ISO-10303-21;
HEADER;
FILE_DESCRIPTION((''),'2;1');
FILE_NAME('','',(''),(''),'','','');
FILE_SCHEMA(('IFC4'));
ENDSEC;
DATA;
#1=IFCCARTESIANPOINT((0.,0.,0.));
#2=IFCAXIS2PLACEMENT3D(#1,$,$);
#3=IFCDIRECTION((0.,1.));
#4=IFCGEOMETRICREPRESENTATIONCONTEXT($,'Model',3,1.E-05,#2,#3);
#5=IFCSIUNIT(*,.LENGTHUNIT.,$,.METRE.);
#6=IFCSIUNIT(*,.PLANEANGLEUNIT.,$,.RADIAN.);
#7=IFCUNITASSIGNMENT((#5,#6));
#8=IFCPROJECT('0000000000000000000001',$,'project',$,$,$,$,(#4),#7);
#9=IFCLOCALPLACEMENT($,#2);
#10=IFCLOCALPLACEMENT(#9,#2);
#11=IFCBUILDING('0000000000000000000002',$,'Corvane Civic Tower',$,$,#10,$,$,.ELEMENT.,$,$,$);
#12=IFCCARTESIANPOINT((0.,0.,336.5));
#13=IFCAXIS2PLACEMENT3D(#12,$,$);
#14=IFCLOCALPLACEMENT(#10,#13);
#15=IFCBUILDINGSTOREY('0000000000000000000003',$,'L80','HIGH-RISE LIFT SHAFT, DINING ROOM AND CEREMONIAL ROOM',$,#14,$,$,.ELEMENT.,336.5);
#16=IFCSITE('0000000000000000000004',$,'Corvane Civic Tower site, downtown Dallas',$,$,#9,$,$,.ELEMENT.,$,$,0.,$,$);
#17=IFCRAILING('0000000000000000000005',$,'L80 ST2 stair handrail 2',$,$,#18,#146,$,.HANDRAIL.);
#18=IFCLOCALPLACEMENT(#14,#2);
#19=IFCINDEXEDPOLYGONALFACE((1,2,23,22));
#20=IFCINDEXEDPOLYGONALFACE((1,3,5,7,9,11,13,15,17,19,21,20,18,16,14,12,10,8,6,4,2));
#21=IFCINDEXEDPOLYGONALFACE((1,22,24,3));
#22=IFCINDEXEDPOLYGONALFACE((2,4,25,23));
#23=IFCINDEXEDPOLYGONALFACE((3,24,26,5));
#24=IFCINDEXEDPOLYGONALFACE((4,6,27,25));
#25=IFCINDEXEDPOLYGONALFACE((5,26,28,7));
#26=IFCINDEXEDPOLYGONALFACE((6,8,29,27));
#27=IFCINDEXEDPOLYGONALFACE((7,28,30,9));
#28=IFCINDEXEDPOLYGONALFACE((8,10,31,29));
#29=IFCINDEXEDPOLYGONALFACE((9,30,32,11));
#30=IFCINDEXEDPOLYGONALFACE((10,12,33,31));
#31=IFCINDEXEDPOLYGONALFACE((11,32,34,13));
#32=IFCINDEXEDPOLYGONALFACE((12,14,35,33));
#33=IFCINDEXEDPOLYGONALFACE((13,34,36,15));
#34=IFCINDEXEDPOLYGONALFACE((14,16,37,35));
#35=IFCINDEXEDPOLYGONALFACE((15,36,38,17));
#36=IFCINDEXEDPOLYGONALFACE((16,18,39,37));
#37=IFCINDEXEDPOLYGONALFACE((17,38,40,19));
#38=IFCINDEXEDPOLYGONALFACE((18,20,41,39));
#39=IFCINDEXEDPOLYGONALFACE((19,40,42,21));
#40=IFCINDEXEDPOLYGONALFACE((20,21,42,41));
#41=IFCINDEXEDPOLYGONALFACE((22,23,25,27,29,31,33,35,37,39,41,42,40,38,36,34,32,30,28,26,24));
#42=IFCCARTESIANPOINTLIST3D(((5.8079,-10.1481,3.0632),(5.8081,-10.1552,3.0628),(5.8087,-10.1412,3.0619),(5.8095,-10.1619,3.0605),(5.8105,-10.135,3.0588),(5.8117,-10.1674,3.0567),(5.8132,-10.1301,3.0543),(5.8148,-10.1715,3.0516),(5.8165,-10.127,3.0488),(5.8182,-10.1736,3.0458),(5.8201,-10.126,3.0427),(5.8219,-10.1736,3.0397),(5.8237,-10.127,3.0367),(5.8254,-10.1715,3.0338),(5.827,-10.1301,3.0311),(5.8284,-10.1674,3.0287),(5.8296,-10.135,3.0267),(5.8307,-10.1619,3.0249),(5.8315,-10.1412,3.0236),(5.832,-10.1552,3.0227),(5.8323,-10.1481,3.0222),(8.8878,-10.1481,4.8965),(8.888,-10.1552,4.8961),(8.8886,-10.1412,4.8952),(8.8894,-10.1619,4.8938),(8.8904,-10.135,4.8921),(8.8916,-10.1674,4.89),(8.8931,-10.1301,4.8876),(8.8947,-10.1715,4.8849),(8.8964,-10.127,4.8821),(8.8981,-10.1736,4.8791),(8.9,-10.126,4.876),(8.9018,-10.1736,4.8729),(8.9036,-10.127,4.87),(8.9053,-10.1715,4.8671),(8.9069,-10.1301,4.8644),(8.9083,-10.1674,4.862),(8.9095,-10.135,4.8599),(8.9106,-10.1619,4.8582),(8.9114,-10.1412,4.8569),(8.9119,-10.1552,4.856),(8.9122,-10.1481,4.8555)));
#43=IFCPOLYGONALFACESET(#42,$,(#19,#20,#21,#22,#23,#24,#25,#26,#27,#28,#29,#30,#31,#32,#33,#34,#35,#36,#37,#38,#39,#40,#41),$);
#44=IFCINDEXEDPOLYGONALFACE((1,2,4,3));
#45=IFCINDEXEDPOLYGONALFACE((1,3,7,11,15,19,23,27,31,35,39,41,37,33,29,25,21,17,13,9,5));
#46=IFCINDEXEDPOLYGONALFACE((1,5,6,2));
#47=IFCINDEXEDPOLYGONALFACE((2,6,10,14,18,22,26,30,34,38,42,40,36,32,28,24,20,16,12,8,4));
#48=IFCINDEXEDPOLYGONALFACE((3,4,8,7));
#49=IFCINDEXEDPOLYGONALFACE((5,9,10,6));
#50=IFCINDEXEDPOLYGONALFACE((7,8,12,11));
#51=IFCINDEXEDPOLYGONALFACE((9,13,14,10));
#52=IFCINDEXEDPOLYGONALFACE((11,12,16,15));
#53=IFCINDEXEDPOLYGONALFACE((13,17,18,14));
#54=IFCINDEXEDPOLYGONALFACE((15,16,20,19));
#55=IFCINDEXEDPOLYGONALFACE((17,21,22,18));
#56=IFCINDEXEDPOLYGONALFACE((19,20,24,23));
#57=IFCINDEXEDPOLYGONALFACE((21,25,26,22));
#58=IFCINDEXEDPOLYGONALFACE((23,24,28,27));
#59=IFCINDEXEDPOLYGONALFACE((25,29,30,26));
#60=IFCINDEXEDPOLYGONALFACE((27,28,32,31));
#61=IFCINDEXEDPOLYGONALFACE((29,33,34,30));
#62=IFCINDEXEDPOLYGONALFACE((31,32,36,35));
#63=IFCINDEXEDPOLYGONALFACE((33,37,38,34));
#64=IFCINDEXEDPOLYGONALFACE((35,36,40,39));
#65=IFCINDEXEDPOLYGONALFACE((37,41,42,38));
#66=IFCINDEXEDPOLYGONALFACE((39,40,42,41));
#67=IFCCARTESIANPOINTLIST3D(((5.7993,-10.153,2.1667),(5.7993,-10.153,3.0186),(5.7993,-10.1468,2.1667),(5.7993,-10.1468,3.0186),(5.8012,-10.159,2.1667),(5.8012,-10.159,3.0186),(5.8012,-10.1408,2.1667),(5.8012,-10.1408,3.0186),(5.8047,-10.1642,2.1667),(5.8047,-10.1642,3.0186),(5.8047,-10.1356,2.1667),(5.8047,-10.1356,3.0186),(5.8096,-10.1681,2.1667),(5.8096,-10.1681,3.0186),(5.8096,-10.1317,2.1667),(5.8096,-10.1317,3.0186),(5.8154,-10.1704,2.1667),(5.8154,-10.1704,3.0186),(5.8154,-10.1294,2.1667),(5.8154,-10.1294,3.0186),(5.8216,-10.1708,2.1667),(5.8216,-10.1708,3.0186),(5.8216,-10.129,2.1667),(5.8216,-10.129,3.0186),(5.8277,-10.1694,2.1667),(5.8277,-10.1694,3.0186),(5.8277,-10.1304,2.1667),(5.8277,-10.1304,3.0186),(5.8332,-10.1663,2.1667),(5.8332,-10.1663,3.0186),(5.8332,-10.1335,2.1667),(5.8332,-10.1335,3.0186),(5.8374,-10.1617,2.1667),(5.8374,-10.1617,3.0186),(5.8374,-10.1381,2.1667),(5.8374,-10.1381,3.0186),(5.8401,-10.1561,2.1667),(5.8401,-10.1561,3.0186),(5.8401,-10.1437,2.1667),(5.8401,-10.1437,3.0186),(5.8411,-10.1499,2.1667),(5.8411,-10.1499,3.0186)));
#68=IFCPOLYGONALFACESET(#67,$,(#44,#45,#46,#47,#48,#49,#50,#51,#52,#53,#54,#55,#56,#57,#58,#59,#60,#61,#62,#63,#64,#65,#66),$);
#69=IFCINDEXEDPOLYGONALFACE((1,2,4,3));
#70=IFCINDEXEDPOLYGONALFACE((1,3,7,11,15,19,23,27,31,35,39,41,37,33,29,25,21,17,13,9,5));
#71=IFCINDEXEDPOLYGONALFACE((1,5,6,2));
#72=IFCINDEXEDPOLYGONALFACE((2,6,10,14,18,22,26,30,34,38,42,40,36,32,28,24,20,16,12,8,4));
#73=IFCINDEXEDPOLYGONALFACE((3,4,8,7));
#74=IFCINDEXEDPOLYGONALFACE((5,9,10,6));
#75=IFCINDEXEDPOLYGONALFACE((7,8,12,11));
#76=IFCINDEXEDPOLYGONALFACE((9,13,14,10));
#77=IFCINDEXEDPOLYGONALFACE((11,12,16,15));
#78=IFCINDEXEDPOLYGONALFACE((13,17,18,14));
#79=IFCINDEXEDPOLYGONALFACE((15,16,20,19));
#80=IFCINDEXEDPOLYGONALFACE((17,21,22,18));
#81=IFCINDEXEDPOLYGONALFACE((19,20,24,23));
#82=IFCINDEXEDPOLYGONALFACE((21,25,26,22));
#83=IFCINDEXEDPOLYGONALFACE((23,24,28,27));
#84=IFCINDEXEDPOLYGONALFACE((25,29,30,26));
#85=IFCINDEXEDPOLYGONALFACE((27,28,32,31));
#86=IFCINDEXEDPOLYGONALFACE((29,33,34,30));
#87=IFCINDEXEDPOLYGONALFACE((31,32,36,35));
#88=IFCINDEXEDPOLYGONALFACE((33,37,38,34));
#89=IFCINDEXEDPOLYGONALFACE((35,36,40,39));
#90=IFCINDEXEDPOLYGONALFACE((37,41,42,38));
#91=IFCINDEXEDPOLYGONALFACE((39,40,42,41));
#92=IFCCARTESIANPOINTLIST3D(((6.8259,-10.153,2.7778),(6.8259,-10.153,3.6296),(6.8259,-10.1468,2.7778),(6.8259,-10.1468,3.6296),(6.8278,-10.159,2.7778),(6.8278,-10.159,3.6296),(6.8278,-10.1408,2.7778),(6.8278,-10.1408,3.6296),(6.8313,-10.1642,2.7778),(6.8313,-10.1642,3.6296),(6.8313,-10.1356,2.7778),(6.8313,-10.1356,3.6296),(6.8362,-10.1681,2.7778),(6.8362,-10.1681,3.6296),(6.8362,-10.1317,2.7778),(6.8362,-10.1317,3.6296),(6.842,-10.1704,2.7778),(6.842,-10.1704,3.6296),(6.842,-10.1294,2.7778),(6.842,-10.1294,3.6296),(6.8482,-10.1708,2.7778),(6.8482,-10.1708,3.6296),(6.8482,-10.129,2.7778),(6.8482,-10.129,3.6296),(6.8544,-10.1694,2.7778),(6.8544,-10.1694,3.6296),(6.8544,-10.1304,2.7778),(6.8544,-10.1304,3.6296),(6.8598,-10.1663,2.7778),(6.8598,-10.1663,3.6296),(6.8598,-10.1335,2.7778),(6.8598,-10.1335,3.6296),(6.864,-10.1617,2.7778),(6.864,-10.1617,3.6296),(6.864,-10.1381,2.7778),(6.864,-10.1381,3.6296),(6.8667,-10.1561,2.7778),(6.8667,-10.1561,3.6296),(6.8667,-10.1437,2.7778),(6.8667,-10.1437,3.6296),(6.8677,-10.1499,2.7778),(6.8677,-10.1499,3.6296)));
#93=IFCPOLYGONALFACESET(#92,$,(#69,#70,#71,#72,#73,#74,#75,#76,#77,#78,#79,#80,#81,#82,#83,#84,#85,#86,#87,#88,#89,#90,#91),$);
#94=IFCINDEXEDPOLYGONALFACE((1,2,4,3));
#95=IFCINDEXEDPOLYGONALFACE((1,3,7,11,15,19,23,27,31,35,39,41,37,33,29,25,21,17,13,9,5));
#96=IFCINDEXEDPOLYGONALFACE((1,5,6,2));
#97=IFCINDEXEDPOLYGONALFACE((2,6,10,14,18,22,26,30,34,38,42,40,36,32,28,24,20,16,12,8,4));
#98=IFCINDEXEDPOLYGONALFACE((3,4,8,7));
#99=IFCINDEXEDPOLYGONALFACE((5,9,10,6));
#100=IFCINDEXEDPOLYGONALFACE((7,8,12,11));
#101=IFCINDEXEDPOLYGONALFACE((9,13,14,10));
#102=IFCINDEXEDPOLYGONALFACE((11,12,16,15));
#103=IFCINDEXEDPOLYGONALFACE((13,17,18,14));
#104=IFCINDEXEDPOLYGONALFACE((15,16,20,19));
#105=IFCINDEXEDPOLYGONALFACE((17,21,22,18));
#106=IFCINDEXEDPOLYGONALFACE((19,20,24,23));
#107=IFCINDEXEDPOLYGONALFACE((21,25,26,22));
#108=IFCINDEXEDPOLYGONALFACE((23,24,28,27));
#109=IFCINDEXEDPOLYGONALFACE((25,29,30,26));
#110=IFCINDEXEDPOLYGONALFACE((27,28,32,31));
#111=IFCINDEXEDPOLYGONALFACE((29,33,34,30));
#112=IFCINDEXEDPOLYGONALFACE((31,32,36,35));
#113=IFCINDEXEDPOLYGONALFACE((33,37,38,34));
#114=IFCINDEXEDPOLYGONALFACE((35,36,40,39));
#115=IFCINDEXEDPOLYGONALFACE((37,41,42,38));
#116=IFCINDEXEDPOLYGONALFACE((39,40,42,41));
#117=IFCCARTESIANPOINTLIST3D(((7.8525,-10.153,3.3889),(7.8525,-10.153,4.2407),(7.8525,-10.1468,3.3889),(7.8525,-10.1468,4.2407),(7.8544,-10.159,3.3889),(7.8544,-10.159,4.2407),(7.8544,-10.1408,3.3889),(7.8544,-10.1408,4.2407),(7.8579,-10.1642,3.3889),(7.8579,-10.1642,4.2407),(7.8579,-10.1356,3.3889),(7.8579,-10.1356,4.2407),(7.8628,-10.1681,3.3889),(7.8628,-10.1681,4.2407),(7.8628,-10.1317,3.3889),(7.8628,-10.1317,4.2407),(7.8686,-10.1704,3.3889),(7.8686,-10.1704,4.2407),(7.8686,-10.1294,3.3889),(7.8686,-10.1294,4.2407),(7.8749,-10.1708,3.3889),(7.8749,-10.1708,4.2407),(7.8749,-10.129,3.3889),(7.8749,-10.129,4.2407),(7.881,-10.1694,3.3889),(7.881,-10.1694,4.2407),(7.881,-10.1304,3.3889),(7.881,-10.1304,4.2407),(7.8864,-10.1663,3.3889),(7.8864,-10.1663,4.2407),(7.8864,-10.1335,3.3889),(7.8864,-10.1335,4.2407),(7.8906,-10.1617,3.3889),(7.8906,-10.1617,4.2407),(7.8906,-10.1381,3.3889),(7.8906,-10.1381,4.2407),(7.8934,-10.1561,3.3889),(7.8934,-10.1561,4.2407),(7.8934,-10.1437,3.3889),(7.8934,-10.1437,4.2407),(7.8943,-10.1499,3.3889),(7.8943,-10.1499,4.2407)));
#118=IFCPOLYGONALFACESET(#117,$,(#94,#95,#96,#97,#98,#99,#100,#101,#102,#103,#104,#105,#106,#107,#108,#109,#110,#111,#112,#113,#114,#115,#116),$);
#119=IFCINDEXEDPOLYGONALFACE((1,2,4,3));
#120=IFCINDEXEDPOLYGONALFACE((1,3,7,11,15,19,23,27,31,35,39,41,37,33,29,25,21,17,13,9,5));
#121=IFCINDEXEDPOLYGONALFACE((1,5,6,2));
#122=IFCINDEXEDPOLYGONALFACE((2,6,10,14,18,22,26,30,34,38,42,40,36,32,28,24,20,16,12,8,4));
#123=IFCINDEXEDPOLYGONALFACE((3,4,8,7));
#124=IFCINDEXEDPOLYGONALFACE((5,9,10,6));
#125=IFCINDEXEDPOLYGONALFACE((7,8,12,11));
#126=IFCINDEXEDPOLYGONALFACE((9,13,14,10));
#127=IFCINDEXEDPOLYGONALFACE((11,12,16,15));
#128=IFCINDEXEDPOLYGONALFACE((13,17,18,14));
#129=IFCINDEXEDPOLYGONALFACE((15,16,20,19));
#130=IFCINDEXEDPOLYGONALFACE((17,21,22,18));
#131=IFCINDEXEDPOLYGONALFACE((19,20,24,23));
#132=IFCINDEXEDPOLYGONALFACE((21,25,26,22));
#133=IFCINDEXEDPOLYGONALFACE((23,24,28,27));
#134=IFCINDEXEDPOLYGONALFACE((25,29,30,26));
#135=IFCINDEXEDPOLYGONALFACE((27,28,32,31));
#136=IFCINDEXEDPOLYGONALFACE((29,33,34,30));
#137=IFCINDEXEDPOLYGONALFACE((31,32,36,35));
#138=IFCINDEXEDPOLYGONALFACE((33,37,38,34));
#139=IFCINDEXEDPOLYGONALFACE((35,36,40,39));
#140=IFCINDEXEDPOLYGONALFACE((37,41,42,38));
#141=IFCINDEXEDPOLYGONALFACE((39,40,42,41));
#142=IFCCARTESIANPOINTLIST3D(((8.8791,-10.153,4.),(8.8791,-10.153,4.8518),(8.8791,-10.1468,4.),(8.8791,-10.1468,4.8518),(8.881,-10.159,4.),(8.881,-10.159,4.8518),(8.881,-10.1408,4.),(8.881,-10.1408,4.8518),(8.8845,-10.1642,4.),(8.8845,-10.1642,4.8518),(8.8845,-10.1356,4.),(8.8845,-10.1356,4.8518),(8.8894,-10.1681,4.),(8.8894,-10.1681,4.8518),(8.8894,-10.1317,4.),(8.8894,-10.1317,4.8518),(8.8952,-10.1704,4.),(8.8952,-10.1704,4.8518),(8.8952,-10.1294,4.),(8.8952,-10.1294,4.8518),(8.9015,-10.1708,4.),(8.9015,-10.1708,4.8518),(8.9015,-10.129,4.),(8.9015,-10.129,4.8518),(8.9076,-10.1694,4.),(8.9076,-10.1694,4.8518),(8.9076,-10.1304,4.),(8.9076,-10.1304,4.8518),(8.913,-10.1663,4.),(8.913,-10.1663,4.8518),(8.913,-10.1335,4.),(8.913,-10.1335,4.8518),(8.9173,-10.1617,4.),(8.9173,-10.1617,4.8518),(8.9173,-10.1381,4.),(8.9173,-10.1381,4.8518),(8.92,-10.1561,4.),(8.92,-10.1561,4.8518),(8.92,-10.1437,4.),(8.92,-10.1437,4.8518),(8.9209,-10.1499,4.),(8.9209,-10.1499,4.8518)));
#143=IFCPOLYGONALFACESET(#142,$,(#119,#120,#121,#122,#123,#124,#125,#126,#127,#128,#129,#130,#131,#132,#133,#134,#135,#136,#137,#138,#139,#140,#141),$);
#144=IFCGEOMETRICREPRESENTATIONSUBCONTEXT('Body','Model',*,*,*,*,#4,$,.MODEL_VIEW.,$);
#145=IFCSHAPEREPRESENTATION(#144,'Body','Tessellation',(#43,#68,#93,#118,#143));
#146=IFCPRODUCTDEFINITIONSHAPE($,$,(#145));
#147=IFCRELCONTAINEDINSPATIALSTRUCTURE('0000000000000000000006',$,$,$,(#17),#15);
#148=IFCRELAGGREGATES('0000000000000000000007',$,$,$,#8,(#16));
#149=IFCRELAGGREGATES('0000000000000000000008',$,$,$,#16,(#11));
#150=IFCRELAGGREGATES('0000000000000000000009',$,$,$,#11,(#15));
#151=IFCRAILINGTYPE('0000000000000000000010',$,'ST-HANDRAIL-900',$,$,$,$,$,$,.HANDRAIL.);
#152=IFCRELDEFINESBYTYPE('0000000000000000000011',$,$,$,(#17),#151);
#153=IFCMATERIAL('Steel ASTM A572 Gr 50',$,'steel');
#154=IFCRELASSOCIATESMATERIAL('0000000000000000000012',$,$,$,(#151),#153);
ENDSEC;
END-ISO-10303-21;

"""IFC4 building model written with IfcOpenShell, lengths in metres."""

from ifc_helpers import new_model, si_unit, direction, frame, origin, origin_2d, place, context, subcontext, project, spatial, circle, extrude, material, type_object, element, save


model = new_model("IFC4")

# Units and contexts
model_context = context("Model", 3, precision=1e-05, world=origin(), true_north=direction((0.0, 1.0)))
body_context = subcontext(model_context, "Body", "Model", "MODEL_VIEW")
ifc_project = project(units=[si_unit("LENGTHUNIT", "METRE"), si_unit("PLANEANGLEUNIT", "RADIAN")], contexts=[model_context])

# Site, building, storey
site_placement = place(None, origin())
site = spatial("IfcSite", under=ifc_project, at=site_placement, Name="Corvane Civic Tower site, downtown Dallas", CompositionType="ELEMENT", RefElevation=0.0)
building_placement = place(site_placement, origin())
building = spatial("IfcBuilding", under=site, at=building_placement, Name="Corvane Civic Tower", CompositionType="ELEMENT")
storey_placement = place(building_placement, frame((0.0, 0.0, 336.5)))
storey = spatial("IfcBuildingStorey", under=building, at=storey_placement, Name="L80", Description="HIGH-RISE LIFT SHAFT, DINING ROOM AND CEREMONIAL ROOM", CompositionType="ELEMENT", Elevation=336.5)

# Railing
ifc_material_1 = material(Name="Steel ASTM A572 Gr 50", Category="steel")
railing_type_1 = type_object("IfcRailingType", Name="ST-HANDRAIL-900", PredefinedType="HANDRAIL", material=ifc_material_1)
railing_1_placement = place(storey_placement, frame((5.8201, -10.1499, 2.1667)))
element("IfcRailing", 1, at=railing_1_placement, inside=storey, type_object=railing_type_1, Name="L80 ST2 stair handrail 2", PredefinedType="HANDRAIL", context=body_context, shape_type="SweptSolid", body=[
    extrude(circle(Radius=0.0239, at=origin_2d()), frame((0.0, 0.0, 0.876), z_axis=(0.859291, 0.0, 0.511487), x_axis=(0.0, 1.0, 0.0)), (0.0, 0.0, 1.0), 3.5842),
    extrude(circle(Radius=0.021, at=origin_2d()), origin(), (0.0, 0.0, 1.0), 0.8518),
    extrude(circle(Radius=0.021, at=origin_2d()), frame((1.0266, 0.0, 0.6111)), (0.0, 0.0, 1.0), 0.8518),
    extrude(circle(Radius=0.021, at=origin_2d()), frame((2.0532, 0.0, 1.2222)), (0.0, 0.0, 1.0), 0.8518),
    extrude(circle(Radius=0.021, at=origin_2d()), frame((3.0798, 0.0, 1.8333)), (0.0, 0.0, 1.0), 0.8518),
])

save(model, "model.ifc")
